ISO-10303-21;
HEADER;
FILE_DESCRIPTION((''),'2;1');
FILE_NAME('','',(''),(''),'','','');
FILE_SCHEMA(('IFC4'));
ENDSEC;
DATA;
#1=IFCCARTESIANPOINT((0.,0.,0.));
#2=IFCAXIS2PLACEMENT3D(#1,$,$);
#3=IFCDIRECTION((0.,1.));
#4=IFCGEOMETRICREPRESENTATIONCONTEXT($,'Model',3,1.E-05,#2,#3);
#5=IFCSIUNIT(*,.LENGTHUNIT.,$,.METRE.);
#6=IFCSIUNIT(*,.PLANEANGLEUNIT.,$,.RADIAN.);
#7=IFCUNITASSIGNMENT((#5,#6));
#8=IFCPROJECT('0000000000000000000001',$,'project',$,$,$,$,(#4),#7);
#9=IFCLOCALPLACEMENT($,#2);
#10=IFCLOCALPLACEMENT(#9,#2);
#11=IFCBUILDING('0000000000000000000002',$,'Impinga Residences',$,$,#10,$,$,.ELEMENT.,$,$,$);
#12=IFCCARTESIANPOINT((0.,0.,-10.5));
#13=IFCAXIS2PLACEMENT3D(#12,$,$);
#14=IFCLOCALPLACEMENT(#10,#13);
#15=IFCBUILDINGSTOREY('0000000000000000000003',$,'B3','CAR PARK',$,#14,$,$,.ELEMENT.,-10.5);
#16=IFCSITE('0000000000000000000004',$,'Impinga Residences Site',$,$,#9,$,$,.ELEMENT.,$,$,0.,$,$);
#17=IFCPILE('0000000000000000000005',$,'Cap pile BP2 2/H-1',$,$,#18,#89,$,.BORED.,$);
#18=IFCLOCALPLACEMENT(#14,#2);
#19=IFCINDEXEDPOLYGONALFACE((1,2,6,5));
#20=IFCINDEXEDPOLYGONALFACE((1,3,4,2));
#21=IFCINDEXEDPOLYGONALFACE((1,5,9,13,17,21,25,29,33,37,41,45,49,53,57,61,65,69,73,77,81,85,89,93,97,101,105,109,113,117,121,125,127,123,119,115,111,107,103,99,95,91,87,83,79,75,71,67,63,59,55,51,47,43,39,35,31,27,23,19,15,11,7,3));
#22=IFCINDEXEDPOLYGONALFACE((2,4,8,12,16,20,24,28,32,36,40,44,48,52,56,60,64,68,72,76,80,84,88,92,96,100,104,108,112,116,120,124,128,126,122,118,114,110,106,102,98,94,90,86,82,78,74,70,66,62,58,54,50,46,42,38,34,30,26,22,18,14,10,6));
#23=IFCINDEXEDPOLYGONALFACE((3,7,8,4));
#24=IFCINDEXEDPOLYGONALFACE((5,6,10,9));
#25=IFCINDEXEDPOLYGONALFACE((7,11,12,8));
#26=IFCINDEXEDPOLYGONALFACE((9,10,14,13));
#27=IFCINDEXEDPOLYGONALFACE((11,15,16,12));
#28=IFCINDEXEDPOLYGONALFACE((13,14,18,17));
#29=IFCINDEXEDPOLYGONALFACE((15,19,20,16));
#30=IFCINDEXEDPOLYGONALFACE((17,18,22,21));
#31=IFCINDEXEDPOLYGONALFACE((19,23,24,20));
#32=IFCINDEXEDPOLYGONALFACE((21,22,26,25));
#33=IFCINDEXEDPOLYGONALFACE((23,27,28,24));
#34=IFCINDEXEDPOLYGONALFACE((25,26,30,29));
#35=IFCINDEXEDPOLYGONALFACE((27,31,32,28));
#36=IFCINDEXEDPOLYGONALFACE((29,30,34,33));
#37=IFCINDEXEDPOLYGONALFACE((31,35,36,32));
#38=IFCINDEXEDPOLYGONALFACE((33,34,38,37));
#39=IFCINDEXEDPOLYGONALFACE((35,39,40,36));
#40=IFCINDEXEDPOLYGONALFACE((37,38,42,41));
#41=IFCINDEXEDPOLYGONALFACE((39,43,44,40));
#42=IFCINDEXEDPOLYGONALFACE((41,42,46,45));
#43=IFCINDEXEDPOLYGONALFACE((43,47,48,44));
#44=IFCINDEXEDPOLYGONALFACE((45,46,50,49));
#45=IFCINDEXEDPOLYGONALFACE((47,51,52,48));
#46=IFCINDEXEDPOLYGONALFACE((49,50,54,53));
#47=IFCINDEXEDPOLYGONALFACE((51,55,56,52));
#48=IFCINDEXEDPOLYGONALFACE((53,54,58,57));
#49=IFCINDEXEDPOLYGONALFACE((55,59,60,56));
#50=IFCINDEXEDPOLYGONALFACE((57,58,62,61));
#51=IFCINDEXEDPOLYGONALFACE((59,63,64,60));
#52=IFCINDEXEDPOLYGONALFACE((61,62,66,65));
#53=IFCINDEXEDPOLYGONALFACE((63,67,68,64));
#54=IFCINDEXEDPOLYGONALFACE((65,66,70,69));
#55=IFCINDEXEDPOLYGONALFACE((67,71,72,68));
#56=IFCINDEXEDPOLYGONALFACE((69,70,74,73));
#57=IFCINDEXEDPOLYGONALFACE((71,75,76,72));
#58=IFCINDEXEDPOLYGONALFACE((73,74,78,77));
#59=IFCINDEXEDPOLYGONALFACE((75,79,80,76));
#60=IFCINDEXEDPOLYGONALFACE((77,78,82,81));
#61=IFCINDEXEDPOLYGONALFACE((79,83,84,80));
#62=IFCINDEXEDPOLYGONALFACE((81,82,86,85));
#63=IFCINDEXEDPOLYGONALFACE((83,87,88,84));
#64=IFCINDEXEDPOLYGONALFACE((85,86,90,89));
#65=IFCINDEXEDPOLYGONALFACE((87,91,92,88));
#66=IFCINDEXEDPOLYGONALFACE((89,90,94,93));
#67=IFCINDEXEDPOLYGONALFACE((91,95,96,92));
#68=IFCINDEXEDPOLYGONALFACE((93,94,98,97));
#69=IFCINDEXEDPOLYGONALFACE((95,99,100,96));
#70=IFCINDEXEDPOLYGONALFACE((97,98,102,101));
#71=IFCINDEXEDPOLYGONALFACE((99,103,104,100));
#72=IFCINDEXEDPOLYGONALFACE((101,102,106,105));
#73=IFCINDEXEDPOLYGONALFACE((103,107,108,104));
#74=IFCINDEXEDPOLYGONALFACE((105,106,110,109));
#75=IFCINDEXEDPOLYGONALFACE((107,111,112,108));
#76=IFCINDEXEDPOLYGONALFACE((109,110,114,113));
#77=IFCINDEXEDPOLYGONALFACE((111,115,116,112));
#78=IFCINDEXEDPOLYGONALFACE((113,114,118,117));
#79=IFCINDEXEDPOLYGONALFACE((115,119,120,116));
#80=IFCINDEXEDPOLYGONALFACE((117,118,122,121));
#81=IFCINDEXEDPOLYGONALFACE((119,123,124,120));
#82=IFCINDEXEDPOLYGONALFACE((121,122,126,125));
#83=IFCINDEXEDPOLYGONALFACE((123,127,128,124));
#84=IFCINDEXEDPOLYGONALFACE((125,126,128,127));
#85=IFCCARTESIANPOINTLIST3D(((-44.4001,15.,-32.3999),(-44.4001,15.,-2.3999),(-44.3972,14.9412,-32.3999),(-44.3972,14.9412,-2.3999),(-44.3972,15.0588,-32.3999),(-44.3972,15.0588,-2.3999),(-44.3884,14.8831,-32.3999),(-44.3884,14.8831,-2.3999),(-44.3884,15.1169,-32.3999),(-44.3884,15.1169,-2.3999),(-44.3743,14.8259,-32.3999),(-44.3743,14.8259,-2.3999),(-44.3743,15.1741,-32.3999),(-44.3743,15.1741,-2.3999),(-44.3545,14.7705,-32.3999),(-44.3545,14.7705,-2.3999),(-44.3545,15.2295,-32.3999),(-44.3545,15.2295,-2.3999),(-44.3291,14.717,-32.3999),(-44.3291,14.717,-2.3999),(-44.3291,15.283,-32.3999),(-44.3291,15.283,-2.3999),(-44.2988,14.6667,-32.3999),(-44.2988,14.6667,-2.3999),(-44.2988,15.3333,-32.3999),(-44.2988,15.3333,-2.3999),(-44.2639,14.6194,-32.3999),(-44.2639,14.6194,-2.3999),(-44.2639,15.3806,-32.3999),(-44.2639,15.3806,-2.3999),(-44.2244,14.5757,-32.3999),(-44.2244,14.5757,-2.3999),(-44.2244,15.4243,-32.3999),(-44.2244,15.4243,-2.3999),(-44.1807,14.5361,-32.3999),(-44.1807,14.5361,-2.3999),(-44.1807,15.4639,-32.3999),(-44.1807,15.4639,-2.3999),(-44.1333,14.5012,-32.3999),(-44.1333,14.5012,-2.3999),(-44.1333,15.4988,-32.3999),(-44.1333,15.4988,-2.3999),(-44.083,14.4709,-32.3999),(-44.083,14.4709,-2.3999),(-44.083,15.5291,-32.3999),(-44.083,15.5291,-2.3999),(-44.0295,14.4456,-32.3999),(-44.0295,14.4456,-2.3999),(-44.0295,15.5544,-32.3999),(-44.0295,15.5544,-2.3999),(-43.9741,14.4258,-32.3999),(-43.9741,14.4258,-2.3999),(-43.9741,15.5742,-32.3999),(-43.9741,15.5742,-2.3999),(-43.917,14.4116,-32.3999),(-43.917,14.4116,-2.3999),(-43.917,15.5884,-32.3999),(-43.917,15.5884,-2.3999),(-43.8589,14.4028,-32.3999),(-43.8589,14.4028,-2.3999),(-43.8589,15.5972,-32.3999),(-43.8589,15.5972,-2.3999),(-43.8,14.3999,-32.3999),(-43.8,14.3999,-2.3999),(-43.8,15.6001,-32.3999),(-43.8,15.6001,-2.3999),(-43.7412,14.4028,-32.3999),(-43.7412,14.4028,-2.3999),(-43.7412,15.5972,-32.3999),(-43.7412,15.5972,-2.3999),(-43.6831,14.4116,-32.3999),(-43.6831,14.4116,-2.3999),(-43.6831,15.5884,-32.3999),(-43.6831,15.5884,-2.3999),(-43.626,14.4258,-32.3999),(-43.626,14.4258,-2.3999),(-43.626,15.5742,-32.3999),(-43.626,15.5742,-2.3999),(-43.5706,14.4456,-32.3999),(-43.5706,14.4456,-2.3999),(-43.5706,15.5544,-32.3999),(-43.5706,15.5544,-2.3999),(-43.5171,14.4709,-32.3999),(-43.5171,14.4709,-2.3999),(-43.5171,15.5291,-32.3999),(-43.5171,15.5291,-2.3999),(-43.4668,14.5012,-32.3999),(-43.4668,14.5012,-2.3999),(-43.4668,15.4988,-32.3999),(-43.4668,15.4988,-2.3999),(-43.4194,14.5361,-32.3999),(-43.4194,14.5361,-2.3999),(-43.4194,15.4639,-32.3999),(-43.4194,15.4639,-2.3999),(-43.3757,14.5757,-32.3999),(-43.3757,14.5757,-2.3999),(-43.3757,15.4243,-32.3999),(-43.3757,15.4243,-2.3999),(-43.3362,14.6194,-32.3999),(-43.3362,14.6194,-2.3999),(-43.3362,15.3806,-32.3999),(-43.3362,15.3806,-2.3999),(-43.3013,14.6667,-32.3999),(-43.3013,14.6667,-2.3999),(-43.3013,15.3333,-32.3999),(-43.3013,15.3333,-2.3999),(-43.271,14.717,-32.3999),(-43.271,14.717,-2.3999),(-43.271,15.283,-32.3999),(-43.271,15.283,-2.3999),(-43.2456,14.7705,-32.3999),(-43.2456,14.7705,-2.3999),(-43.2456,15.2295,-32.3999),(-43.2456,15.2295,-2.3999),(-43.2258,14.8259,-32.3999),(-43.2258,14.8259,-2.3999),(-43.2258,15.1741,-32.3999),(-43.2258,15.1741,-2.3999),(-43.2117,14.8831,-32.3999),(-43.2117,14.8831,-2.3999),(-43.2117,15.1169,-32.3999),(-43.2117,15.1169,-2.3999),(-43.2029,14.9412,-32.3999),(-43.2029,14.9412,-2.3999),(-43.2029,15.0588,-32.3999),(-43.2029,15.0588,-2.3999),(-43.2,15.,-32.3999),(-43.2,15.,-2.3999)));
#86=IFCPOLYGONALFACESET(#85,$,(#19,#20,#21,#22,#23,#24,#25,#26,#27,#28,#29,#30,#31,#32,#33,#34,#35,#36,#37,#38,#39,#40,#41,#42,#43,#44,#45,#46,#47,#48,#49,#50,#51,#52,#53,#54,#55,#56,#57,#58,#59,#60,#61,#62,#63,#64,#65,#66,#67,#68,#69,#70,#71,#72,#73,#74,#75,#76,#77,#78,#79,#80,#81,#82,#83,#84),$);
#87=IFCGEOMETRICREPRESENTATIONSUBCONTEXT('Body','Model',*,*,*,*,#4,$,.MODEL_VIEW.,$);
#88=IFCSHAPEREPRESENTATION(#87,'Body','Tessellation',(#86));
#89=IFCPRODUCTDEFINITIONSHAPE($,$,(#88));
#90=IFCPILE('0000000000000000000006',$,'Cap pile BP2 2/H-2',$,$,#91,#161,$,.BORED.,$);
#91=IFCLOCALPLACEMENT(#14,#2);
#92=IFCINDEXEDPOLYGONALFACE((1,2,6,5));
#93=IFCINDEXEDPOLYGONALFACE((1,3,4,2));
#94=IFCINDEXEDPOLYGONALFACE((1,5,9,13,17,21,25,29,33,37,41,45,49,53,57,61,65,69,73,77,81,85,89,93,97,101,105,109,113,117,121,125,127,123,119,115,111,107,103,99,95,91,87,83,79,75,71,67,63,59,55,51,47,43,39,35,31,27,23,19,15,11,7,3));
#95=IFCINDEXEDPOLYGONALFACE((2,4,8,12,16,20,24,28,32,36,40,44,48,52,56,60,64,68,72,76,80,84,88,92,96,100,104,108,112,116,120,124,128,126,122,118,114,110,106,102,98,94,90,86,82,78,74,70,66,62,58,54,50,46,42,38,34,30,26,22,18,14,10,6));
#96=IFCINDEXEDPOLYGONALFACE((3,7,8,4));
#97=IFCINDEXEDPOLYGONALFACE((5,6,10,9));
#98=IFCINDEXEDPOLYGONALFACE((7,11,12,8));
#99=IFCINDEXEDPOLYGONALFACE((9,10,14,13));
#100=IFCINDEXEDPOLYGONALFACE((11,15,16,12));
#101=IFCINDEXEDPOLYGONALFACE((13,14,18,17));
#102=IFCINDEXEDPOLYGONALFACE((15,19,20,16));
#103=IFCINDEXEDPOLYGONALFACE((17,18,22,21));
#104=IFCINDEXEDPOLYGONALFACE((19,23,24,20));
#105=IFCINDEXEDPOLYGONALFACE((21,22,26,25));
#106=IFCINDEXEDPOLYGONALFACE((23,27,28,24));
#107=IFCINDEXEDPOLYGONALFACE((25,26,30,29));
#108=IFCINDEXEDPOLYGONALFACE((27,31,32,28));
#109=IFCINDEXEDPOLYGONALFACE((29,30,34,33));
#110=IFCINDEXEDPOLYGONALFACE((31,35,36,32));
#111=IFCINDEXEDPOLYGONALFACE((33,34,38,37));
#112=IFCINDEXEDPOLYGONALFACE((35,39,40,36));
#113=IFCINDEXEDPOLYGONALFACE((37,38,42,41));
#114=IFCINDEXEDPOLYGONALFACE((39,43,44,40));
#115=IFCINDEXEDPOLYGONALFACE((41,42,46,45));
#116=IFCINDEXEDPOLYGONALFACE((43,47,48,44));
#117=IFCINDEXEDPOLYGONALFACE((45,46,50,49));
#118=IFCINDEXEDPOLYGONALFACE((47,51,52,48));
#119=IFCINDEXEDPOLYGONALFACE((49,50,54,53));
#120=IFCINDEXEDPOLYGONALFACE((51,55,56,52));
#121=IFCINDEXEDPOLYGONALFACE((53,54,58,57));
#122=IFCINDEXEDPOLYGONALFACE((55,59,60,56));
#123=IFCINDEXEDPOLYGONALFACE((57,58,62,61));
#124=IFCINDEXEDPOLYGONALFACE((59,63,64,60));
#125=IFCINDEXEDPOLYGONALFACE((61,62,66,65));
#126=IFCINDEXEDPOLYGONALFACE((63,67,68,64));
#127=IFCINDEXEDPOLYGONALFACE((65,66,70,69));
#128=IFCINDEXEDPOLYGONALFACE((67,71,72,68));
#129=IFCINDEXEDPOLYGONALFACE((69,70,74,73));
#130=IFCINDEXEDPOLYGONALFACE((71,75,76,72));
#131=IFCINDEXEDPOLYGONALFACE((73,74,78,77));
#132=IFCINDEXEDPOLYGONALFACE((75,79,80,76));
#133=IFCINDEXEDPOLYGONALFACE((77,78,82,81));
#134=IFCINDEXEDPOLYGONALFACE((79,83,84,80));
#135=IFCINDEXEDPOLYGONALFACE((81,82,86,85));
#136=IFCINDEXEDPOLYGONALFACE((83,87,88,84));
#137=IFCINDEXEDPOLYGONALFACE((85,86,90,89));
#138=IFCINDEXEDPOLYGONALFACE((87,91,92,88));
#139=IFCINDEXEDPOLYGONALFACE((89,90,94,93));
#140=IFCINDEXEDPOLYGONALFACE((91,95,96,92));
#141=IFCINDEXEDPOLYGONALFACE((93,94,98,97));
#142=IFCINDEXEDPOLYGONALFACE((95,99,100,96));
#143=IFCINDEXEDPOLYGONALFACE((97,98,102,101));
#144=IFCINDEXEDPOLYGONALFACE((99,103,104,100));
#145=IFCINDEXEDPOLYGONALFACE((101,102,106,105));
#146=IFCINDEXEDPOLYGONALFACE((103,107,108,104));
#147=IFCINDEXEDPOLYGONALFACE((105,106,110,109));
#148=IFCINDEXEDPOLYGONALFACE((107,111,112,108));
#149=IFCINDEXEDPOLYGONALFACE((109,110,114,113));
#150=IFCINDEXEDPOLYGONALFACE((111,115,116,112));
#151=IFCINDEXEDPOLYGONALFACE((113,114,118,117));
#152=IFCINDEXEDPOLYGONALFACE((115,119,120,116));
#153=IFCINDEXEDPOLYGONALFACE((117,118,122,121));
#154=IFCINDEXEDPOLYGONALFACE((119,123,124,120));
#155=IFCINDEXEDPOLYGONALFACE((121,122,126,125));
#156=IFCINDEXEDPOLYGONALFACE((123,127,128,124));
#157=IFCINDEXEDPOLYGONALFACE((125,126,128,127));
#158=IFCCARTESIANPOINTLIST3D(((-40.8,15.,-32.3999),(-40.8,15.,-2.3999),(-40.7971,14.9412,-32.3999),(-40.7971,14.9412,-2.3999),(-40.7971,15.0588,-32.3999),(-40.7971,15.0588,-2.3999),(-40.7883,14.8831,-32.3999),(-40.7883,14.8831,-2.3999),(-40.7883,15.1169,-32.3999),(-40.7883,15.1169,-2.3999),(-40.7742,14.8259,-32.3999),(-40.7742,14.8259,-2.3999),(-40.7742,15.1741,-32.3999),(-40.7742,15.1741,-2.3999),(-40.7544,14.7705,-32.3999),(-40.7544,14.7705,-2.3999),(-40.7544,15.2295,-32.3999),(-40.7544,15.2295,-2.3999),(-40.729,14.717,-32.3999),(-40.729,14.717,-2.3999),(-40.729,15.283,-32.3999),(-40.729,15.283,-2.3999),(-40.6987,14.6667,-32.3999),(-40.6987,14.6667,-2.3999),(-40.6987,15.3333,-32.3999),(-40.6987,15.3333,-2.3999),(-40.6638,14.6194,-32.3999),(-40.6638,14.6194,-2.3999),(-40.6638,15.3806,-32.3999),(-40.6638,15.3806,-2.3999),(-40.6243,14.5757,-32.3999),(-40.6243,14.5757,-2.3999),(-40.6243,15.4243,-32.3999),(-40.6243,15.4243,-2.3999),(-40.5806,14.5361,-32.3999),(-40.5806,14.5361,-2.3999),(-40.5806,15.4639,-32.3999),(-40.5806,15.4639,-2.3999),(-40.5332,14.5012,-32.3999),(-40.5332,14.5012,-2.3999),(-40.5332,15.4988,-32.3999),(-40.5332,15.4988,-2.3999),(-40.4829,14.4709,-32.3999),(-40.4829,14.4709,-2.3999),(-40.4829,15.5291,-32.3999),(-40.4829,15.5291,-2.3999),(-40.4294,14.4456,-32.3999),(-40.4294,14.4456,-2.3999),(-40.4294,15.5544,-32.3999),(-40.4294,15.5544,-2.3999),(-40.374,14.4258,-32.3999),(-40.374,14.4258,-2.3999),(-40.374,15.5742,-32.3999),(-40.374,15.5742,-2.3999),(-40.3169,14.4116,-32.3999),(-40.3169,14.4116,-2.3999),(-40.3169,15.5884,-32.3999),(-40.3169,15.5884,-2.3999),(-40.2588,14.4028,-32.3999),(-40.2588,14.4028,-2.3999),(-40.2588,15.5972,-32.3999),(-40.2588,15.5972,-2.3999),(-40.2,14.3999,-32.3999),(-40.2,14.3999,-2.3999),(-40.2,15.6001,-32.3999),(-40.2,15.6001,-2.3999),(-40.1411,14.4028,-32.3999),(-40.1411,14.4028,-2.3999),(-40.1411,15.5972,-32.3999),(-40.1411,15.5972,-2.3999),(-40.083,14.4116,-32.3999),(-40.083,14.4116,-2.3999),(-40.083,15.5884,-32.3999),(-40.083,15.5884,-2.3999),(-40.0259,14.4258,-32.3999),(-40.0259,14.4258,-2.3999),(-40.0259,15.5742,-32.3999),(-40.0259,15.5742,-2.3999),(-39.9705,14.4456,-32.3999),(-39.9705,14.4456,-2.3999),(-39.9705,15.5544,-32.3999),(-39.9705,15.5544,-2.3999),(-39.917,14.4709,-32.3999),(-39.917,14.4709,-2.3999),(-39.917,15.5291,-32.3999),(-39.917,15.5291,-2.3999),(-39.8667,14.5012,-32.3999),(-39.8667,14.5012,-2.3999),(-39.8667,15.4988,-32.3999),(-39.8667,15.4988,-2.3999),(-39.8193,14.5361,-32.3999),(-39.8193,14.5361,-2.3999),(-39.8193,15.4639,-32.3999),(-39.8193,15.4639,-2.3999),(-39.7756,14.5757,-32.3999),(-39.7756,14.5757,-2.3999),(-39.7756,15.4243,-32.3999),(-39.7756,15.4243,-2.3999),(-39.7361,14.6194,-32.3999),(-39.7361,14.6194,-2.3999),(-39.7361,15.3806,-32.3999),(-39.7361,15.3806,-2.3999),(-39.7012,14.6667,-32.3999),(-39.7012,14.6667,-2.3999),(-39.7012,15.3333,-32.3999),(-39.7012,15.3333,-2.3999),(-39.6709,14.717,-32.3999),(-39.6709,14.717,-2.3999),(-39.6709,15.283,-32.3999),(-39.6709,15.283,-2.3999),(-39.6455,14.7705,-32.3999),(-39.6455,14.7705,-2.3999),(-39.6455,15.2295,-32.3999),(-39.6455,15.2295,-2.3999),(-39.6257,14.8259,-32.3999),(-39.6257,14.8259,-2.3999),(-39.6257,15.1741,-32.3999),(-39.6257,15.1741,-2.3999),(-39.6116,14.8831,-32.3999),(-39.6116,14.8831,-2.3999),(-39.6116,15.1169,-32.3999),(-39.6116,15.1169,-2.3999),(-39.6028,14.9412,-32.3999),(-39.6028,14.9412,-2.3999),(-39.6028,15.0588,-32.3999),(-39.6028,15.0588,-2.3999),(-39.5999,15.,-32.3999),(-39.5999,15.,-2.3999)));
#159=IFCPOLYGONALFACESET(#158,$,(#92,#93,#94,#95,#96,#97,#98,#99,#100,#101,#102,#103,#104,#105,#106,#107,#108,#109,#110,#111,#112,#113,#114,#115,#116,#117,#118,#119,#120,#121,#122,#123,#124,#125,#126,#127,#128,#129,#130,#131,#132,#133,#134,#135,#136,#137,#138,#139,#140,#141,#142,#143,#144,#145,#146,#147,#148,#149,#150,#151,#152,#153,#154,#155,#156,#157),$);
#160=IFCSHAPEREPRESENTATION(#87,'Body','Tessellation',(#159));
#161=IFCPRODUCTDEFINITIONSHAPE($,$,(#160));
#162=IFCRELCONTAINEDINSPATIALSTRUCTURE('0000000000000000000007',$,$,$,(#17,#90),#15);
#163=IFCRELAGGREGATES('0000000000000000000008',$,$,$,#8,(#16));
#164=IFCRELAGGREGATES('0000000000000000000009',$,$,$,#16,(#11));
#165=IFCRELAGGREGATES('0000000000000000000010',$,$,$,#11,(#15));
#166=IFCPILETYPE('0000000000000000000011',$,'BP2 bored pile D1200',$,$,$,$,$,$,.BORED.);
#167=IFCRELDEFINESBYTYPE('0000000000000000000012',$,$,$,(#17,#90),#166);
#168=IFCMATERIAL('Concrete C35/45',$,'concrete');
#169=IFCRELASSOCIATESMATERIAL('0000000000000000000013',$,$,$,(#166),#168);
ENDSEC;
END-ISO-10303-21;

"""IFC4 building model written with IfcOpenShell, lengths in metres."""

from ifc_helpers import new_model, si_unit, direction, frame, origin, origin_2d, place, context, subcontext, project, spatial, polyline, circle, outline, extrude, material, material_profile, profile_set, type_object, element, save


model = new_model("IFC4")

# Units and contexts
model_context = context("Model", 3, precision=1e-05, world=origin(), true_north=direction((0.0, 1.0)))
body_context = subcontext(model_context, "Body", "Model", "MODEL_VIEW")
ifc_project = project(units=[si_unit("LENGTHUNIT", "METRE"), si_unit("PLANEANGLEUNIT", "RADIAN")], contexts=[model_context])

# Site, building, storey
site_placement = place(None, origin())
site = spatial("IfcSite", under=ifc_project, at=site_placement, Name="Impinga Residences Site", CompositionType="ELEMENT", RefElevation=0.0)
building_placement = place(site_placement, origin())
building = spatial("IfcBuilding", under=site, at=building_placement, Name="Impinga Residences", CompositionType="ELEMENT")
storey_placement = place(building_placement, frame((0.0, 0.0, -10.5)))
storey = spatial("IfcBuildingStorey", under=building, at=storey_placement, Name="B3", Description="CAR PARK", CompositionType="ELEMENT", Elevation=-10.5)

# Piles
ifc_material_1 = material(Name="Concrete C35/45", Category="concrete")
ifc_material_profile_1 = material_profile(ifc_material_1, circle(Radius=0.6001, at=origin_2d()), Name="D1200")
ifc_profile_set_1 = profile_set([ifc_material_profile_1], Name="Concrete C35/45")
pile_type = type_object("IfcPileType", Name="BP2 bored pile D1200", PredefinedType="BORED", material=ifc_profile_set_1)
pile_1_placement = place(storey_placement, frame((-43.8, 15.0, -2.3999), z_axis=(0.0, 0.0, -1.0), x_axis=(1.0, 0.0, 0.0)))
element("IfcPile", 1, at=pile_1_placement, inside=storey, type_object=pile_type, Name="Cap pile BP2 2/H-1", PredefinedType="BORED", context=body_context, shape_type="SweptSolid", body=[
    extrude(outline(polyline([(0.6001, 0.0), (0.5972, 0.0588), (0.5884, 0.1169), (0.5742, 0.1741), (0.5544, 0.2295), (0.5291, 0.283), (0.4988, 0.3333), (0.4639, 0.3806), (0.4243, 0.4243), (0.3806, 0.4639), (0.3333, 0.4988), (0.283, 0.5291), (0.2295, 0.5544), (0.1741, 0.5742), (0.1169, 0.5884), (0.0588, 0.5972), (0.0, 0.6001), (-0.0588, 0.5972), (-0.1169, 0.5884), (-0.1741, 0.5742), (-0.2295, 0.5544), (-0.283, 0.5291), (-0.3333, 0.4988), (-0.3806, 0.4639), (-0.4243, 0.4243), (-0.4639, 0.3806), (-0.4988, 0.3333), (-0.5291, 0.283), (-0.5544, 0.2295), (-0.5742, 0.1741), (-0.5884, 0.1169), (-0.5972, 0.0588), (-0.6001, 0.0), (-0.5972, -0.0588), (-0.5884, -0.1169), (-0.5742, -0.1741), (-0.5544, -0.2295), (-0.5291, -0.283), (-0.4988, -0.3333), (-0.4639, -0.3806), (-0.4243, -0.4243), (-0.3806, -0.4639), (-0.3333, -0.4988), (-0.283, -0.5291), (-0.2295, -0.5544), (-0.1741, -0.5742), (-0.1169, -0.5884), (-0.0588, -0.5972), (0.0, -0.6001), (0.0588, -0.5972), (0.1169, -0.5884), (0.1741, -0.5742), (0.2295, -0.5544), (0.283, -0.5291), (0.3333, -0.4988), (0.3806, -0.4639), (0.4243, -0.4243), (0.4639, -0.3806), (0.4988, -0.3333), (0.5291, -0.283), (0.5544, -0.2295), (0.5742, -0.1741), (0.5884, -0.1169), (0.5972, -0.0588), (0.6001, 0.0)])), origin(), (0.0, 0.0, 1.0), 30.0),
])
pile_2_placement = place(storey_placement, frame((-40.2, 15.0, -2.3999), z_axis=(0.0, 0.0, -1.0), x_axis=(1.0, 0.0, 0.0)))
element("IfcPile", 2, at=pile_2_placement, inside=storey, type_object=pile_type, Name="Cap pile BP2 2/H-2", PredefinedType="BORED", context=body_context, shape_type="SweptSolid", body=[
    extrude(outline(polyline([(0.6001, 0.0), (0.5972, 0.0588), (0.5884, 0.1169), (0.5742, 0.1741), (0.5544, 0.2295), (0.5291, 0.283), (0.4988, 0.3333), (0.4639, 0.3806), (0.4243, 0.4243), (0.3806, 0.4639), (0.3333, 0.4988), (0.283, 0.5291), (0.2295, 0.5544), (0.1741, 0.5742), (0.1169, 0.5884), (0.0588, 0.5972), (0.0, 0.6001), (-0.0588, 0.5972), (-0.1169, 0.5884), (-0.1741, 0.5742), (-0.2295, 0.5544), (-0.283, 0.5291), (-0.3333, 0.4988), (-0.3806, 0.4639), (-0.4243, 0.4243), (-0.4639, 0.3806), (-0.4988, 0.3333), (-0.5291, 0.283), (-0.5544, 0.2295), (-0.5742, 0.1741), (-0.5884, 0.1169), (-0.5972, 0.0588), (-0.6001, 0.0), (-0.5972, -0.0588), (-0.5884, -0.1169), (-0.5742, -0.1741), (-0.5544, -0.2295), (-0.5291, -0.283), (-0.4988, -0.3333), (-0.4639, -0.3806), (-0.4243, -0.4243), (-0.3806, -0.4639), (-0.3333, -0.4988), (-0.283, -0.5291), (-0.2295, -0.5544), (-0.1741, -0.5742), (-0.1169, -0.5884), (-0.0588, -0.5972), (0.0, -0.6001), (0.0588, -0.5972), (0.1169, -0.5884), (0.1741, -0.5742), (0.2295, -0.5544), (0.283, -0.5291), (0.3333, -0.4988), (0.3806, -0.4639), (0.4243, -0.4243), (0.4639, -0.3806), (0.4988, -0.3333), (0.5291, -0.283), (0.5544, -0.2295), (0.5742, -0.1741), (0.5884, -0.1169), (0.5972, -0.0588), (0.6001, 0.0)])), origin(), (0.0, 0.0, 1.0), 30.0),
])

save(model, "model.ifc")
